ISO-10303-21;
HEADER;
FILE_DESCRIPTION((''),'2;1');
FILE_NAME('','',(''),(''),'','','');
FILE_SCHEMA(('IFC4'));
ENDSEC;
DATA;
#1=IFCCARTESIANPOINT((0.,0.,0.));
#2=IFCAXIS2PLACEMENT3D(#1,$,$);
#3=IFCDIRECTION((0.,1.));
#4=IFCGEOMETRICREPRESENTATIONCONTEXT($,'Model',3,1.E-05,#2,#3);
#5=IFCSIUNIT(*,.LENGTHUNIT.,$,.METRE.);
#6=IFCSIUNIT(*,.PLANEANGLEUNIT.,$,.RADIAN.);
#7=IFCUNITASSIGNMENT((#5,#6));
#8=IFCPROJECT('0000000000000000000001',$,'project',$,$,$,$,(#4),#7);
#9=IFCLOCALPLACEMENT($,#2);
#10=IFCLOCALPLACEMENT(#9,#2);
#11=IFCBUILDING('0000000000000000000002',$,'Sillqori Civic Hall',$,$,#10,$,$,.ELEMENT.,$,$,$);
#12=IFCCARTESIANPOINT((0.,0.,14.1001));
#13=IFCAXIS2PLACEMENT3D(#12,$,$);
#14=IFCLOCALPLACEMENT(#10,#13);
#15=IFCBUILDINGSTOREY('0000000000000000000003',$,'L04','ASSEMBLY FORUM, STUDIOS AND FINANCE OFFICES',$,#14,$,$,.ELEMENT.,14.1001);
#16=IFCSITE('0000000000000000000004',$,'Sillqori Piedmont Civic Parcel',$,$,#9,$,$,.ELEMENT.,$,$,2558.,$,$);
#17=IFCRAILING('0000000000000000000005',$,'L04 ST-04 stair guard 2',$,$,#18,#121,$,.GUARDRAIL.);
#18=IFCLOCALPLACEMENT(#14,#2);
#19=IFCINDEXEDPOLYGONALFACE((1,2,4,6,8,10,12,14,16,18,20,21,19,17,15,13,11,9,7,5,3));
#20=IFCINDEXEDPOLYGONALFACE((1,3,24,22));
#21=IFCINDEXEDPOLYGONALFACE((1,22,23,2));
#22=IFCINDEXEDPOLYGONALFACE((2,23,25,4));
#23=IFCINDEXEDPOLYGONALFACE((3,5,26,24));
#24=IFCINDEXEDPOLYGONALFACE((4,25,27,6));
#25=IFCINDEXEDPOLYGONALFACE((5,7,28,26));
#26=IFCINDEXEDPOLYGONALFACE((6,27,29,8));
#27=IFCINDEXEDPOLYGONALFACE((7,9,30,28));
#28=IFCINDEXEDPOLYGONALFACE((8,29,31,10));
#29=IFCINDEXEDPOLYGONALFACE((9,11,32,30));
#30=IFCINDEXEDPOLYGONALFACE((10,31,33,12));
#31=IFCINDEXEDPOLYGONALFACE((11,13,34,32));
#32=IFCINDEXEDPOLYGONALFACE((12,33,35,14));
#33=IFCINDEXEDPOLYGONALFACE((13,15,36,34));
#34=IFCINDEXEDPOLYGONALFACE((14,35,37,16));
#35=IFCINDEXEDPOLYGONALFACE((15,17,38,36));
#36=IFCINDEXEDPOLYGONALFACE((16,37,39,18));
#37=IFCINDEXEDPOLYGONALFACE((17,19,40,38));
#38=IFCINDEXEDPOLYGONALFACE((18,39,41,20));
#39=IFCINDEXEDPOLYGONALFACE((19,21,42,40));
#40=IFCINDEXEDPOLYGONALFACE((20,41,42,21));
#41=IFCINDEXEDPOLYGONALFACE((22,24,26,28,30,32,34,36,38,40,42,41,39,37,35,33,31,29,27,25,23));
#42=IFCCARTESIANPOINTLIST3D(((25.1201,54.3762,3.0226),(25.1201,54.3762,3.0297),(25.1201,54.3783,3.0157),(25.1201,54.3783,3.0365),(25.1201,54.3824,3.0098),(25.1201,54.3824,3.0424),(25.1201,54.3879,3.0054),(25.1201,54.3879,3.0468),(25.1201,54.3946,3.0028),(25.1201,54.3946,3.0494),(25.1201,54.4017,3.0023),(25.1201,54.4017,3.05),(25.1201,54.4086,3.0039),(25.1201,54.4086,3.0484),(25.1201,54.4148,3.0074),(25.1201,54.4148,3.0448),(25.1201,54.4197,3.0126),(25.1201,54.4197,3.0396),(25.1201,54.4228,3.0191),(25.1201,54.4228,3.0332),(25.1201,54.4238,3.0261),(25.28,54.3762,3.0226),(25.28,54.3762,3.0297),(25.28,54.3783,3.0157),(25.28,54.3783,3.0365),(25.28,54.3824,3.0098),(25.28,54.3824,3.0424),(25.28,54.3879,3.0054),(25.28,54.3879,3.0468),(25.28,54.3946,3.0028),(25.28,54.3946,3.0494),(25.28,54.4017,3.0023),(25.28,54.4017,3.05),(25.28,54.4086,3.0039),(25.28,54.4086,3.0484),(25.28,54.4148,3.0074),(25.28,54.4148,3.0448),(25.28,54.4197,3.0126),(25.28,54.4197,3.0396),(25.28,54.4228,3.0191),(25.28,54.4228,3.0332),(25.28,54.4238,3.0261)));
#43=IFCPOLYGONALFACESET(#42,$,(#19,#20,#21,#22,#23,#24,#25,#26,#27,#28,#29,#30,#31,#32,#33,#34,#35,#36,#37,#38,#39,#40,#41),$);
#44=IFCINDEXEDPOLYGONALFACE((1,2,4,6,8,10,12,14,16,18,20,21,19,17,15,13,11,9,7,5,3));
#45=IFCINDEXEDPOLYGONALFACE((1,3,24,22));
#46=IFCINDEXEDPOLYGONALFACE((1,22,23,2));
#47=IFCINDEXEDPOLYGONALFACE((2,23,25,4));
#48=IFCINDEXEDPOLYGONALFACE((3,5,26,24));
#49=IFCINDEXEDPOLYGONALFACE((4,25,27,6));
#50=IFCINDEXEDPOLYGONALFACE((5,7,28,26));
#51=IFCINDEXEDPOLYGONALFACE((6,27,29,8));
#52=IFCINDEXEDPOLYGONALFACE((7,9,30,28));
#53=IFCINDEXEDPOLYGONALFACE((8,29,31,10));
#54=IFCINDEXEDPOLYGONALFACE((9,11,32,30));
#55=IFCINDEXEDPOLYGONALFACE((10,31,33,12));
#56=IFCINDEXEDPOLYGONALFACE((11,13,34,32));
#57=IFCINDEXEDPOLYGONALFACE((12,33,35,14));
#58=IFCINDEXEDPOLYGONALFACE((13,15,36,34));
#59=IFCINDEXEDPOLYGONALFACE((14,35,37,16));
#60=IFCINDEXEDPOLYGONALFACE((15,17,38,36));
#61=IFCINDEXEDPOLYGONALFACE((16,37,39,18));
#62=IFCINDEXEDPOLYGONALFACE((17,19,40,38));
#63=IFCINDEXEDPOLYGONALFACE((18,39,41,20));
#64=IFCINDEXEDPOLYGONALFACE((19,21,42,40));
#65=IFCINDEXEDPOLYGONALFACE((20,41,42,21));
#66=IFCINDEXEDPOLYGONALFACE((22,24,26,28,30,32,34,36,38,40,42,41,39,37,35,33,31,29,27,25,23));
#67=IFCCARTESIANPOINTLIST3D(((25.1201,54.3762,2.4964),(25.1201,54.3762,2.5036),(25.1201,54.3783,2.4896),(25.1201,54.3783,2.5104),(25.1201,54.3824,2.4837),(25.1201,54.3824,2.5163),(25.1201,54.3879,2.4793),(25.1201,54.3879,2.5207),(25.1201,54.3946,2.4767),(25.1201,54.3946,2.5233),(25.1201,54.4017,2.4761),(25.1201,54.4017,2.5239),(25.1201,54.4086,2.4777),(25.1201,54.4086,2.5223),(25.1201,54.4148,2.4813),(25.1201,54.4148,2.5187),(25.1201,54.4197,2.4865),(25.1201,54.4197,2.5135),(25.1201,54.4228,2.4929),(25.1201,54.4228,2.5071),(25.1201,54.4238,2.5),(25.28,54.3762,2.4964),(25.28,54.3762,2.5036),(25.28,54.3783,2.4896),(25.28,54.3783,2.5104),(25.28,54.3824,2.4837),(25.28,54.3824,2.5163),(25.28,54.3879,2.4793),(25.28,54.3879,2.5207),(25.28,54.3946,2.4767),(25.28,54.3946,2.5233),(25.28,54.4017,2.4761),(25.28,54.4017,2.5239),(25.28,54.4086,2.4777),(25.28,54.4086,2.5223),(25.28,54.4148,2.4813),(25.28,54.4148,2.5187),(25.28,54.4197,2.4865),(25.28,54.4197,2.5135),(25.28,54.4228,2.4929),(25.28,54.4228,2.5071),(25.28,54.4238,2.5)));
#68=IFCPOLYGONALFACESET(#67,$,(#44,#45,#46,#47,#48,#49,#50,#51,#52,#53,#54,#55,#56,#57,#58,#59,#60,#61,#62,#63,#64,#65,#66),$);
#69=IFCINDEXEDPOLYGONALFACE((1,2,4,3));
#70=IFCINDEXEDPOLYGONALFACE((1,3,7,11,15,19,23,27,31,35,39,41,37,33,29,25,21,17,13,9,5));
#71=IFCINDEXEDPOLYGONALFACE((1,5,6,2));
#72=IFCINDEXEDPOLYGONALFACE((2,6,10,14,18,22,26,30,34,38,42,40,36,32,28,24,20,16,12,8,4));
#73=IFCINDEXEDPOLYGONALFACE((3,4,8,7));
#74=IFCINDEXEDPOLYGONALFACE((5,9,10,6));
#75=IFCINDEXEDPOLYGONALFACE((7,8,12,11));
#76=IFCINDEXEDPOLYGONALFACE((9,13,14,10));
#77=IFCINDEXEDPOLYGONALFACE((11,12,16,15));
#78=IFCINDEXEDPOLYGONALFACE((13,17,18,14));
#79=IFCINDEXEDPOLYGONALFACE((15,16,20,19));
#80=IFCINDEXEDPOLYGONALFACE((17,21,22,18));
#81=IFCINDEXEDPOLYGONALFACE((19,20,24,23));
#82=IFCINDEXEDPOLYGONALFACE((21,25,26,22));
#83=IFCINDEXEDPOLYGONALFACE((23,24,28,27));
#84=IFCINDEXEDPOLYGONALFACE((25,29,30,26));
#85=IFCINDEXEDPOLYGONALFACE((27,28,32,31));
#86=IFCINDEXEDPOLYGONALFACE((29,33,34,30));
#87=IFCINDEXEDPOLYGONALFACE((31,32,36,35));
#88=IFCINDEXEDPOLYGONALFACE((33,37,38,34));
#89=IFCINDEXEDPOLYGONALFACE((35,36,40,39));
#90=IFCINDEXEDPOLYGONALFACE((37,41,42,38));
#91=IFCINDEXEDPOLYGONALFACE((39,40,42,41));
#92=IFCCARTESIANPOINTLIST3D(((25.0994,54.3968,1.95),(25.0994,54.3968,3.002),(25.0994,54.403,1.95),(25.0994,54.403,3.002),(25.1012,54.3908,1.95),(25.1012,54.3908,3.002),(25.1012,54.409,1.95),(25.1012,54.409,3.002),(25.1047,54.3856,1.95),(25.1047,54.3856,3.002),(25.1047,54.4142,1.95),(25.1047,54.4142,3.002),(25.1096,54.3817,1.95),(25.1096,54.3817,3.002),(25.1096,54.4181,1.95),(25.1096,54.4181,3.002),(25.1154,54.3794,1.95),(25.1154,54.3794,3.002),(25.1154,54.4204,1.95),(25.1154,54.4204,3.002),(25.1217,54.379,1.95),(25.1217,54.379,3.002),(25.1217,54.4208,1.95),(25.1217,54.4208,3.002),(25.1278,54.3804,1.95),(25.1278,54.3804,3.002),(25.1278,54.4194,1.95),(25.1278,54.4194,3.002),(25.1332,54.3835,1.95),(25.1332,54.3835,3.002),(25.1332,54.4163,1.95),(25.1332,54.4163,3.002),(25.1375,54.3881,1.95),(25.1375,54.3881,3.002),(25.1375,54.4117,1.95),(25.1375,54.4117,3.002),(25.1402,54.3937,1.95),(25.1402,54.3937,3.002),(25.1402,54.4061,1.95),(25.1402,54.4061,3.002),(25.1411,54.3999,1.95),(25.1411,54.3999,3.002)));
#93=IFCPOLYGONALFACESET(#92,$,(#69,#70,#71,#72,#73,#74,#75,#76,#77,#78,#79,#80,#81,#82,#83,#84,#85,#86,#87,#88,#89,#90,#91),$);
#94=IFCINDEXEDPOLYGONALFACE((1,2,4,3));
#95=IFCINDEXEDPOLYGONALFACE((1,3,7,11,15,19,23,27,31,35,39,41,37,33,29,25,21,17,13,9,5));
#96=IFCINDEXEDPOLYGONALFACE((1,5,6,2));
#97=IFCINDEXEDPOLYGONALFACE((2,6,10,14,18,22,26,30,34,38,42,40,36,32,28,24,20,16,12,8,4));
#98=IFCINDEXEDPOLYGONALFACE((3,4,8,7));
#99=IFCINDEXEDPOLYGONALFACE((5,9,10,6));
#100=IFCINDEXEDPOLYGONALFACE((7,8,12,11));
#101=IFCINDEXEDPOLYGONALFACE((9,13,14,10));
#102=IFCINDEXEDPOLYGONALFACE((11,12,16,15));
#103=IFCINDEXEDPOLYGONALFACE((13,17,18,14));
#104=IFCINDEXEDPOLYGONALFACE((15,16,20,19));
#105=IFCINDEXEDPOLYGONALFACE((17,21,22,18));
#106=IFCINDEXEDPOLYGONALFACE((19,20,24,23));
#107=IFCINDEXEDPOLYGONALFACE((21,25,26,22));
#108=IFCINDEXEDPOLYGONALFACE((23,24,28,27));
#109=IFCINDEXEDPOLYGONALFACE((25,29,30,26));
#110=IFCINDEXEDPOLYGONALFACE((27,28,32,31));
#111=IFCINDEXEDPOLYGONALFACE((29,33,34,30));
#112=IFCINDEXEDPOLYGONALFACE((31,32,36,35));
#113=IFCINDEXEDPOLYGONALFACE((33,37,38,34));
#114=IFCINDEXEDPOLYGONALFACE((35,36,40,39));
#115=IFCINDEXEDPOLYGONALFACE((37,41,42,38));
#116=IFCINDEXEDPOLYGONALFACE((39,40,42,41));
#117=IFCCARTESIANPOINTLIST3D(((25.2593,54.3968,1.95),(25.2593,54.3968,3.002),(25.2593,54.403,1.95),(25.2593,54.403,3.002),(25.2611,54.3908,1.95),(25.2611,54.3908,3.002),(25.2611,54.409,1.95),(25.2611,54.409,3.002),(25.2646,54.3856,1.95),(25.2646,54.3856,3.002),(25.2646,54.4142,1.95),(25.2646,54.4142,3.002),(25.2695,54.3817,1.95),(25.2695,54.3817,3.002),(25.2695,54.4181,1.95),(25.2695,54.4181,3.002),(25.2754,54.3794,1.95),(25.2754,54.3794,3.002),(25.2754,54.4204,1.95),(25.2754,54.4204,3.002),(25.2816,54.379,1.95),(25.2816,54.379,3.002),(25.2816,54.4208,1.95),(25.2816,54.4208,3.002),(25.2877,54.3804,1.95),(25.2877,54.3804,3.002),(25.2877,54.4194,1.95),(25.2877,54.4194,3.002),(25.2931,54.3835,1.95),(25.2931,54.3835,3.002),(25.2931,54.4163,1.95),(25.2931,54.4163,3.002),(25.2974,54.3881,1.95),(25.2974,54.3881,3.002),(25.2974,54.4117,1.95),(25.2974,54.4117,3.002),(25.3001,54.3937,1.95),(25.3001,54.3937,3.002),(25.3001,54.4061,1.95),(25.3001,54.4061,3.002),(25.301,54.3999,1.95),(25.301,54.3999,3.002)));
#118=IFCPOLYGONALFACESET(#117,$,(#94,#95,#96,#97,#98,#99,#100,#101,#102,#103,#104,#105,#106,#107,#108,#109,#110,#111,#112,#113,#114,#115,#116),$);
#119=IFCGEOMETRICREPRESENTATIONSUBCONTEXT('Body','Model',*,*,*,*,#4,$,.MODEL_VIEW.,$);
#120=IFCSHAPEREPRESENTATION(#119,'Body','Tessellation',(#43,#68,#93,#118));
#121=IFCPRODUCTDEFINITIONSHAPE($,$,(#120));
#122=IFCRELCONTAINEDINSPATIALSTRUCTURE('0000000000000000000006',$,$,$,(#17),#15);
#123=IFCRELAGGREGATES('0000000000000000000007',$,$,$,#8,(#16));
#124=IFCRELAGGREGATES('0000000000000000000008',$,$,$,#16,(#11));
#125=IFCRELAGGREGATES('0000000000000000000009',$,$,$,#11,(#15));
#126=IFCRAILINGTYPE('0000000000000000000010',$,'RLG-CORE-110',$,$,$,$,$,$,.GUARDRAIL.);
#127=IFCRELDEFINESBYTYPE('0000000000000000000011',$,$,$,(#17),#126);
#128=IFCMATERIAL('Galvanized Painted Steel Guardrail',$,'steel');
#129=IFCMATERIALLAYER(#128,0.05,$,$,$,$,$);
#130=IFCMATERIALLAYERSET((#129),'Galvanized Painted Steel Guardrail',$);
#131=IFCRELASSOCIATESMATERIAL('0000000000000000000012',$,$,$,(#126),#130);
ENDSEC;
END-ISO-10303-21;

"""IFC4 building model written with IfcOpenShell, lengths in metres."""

from ifc_helpers import new_model, si_unit, direction, frame, origin, origin_2d, place, context, subcontext, project, spatial, circle, extrude, material, layer, layer_set, type_object, element, save


model = new_model("IFC4")

# Units and contexts
model_context = context("Model", 3, precision=1e-05, world=origin(), true_north=direction((0.0, 1.0)))
body_context = subcontext(model_context, "Body", "Model", "MODEL_VIEW")
ifc_project = project(units=[si_unit("LENGTHUNIT", "METRE"), si_unit("PLANEANGLEUNIT", "RADIAN")], contexts=[model_context])

# Site, building, storey
site_placement = place(None, origin())
site = spatial("IfcSite", under=ifc_project, at=site_placement, Name="Sillqori Piedmont Civic Parcel", CompositionType="ELEMENT", RefElevation=2558.0)
building_placement = place(site_placement, origin())
building = spatial("IfcBuilding", under=site, at=building_placement, Name="Sillqori Civic Hall", CompositionType="ELEMENT")
storey_placement = place(building_placement, frame((0.0, 0.0, 14.1001)))
storey = spatial("IfcBuildingStorey", under=building, at=storey_placement, Name="L04", Description="ASSEMBLY FORUM, STUDIOS AND FINANCE OFFICES", CompositionType="ELEMENT", Elevation=14.1001)

# Railing
ifc_material_1 = material(Name="Galvanized Painted Steel Guardrail", Category="steel")
ifc_layer_1 = layer(ifc_material_1, 0.05)
ifc_layer_set_1 = layer_set([ifc_layer_1], Name="Galvanized Painted Steel Guardrail")
railing_type_1 = type_object("IfcRailingType", Name="RLG-CORE-110", PredefinedType="GUARDRAIL", material=ifc_layer_set_1)
railing_1_placement = place(storey_placement, frame((25.1201, 54.3999, 1.95)))
element("IfcRailing", 1, at=railing_1_placement, inside=storey, type_object=railing_type_1, Name="L04 ST-04 stair guard 2", PredefinedType="GUARDRAIL", context=body_context, shape_type="SweptSolid", body=[
    extrude(circle(Radius=0.0239, at=origin_2d()), frame((0.0, 0.0, 1.0762), z_axis=(1.0, 0.0, 0.0), x_axis=(0.0, 1.0, 0.0)), (0.0, 0.0, 1.0), 0.1599),
    extrude(circle(Radius=0.0239, at=origin_2d()), frame((0.0, 0.0, 0.55), z_axis=(1.0, 0.0, 0.0), x_axis=(0.0, 1.0, 0.0)), (0.0, 0.0, 1.0), 0.1599),
    extrude(circle(Radius=0.021, at=origin_2d()), origin(), (0.0, 0.0, 1.0), 1.052),
    extrude(circle(Radius=0.021, at=origin_2d()), frame((0.1599, 0.0, 0.0)), (0.0, 0.0, 1.0), 1.052),
])

save(model, "model.ifc")
